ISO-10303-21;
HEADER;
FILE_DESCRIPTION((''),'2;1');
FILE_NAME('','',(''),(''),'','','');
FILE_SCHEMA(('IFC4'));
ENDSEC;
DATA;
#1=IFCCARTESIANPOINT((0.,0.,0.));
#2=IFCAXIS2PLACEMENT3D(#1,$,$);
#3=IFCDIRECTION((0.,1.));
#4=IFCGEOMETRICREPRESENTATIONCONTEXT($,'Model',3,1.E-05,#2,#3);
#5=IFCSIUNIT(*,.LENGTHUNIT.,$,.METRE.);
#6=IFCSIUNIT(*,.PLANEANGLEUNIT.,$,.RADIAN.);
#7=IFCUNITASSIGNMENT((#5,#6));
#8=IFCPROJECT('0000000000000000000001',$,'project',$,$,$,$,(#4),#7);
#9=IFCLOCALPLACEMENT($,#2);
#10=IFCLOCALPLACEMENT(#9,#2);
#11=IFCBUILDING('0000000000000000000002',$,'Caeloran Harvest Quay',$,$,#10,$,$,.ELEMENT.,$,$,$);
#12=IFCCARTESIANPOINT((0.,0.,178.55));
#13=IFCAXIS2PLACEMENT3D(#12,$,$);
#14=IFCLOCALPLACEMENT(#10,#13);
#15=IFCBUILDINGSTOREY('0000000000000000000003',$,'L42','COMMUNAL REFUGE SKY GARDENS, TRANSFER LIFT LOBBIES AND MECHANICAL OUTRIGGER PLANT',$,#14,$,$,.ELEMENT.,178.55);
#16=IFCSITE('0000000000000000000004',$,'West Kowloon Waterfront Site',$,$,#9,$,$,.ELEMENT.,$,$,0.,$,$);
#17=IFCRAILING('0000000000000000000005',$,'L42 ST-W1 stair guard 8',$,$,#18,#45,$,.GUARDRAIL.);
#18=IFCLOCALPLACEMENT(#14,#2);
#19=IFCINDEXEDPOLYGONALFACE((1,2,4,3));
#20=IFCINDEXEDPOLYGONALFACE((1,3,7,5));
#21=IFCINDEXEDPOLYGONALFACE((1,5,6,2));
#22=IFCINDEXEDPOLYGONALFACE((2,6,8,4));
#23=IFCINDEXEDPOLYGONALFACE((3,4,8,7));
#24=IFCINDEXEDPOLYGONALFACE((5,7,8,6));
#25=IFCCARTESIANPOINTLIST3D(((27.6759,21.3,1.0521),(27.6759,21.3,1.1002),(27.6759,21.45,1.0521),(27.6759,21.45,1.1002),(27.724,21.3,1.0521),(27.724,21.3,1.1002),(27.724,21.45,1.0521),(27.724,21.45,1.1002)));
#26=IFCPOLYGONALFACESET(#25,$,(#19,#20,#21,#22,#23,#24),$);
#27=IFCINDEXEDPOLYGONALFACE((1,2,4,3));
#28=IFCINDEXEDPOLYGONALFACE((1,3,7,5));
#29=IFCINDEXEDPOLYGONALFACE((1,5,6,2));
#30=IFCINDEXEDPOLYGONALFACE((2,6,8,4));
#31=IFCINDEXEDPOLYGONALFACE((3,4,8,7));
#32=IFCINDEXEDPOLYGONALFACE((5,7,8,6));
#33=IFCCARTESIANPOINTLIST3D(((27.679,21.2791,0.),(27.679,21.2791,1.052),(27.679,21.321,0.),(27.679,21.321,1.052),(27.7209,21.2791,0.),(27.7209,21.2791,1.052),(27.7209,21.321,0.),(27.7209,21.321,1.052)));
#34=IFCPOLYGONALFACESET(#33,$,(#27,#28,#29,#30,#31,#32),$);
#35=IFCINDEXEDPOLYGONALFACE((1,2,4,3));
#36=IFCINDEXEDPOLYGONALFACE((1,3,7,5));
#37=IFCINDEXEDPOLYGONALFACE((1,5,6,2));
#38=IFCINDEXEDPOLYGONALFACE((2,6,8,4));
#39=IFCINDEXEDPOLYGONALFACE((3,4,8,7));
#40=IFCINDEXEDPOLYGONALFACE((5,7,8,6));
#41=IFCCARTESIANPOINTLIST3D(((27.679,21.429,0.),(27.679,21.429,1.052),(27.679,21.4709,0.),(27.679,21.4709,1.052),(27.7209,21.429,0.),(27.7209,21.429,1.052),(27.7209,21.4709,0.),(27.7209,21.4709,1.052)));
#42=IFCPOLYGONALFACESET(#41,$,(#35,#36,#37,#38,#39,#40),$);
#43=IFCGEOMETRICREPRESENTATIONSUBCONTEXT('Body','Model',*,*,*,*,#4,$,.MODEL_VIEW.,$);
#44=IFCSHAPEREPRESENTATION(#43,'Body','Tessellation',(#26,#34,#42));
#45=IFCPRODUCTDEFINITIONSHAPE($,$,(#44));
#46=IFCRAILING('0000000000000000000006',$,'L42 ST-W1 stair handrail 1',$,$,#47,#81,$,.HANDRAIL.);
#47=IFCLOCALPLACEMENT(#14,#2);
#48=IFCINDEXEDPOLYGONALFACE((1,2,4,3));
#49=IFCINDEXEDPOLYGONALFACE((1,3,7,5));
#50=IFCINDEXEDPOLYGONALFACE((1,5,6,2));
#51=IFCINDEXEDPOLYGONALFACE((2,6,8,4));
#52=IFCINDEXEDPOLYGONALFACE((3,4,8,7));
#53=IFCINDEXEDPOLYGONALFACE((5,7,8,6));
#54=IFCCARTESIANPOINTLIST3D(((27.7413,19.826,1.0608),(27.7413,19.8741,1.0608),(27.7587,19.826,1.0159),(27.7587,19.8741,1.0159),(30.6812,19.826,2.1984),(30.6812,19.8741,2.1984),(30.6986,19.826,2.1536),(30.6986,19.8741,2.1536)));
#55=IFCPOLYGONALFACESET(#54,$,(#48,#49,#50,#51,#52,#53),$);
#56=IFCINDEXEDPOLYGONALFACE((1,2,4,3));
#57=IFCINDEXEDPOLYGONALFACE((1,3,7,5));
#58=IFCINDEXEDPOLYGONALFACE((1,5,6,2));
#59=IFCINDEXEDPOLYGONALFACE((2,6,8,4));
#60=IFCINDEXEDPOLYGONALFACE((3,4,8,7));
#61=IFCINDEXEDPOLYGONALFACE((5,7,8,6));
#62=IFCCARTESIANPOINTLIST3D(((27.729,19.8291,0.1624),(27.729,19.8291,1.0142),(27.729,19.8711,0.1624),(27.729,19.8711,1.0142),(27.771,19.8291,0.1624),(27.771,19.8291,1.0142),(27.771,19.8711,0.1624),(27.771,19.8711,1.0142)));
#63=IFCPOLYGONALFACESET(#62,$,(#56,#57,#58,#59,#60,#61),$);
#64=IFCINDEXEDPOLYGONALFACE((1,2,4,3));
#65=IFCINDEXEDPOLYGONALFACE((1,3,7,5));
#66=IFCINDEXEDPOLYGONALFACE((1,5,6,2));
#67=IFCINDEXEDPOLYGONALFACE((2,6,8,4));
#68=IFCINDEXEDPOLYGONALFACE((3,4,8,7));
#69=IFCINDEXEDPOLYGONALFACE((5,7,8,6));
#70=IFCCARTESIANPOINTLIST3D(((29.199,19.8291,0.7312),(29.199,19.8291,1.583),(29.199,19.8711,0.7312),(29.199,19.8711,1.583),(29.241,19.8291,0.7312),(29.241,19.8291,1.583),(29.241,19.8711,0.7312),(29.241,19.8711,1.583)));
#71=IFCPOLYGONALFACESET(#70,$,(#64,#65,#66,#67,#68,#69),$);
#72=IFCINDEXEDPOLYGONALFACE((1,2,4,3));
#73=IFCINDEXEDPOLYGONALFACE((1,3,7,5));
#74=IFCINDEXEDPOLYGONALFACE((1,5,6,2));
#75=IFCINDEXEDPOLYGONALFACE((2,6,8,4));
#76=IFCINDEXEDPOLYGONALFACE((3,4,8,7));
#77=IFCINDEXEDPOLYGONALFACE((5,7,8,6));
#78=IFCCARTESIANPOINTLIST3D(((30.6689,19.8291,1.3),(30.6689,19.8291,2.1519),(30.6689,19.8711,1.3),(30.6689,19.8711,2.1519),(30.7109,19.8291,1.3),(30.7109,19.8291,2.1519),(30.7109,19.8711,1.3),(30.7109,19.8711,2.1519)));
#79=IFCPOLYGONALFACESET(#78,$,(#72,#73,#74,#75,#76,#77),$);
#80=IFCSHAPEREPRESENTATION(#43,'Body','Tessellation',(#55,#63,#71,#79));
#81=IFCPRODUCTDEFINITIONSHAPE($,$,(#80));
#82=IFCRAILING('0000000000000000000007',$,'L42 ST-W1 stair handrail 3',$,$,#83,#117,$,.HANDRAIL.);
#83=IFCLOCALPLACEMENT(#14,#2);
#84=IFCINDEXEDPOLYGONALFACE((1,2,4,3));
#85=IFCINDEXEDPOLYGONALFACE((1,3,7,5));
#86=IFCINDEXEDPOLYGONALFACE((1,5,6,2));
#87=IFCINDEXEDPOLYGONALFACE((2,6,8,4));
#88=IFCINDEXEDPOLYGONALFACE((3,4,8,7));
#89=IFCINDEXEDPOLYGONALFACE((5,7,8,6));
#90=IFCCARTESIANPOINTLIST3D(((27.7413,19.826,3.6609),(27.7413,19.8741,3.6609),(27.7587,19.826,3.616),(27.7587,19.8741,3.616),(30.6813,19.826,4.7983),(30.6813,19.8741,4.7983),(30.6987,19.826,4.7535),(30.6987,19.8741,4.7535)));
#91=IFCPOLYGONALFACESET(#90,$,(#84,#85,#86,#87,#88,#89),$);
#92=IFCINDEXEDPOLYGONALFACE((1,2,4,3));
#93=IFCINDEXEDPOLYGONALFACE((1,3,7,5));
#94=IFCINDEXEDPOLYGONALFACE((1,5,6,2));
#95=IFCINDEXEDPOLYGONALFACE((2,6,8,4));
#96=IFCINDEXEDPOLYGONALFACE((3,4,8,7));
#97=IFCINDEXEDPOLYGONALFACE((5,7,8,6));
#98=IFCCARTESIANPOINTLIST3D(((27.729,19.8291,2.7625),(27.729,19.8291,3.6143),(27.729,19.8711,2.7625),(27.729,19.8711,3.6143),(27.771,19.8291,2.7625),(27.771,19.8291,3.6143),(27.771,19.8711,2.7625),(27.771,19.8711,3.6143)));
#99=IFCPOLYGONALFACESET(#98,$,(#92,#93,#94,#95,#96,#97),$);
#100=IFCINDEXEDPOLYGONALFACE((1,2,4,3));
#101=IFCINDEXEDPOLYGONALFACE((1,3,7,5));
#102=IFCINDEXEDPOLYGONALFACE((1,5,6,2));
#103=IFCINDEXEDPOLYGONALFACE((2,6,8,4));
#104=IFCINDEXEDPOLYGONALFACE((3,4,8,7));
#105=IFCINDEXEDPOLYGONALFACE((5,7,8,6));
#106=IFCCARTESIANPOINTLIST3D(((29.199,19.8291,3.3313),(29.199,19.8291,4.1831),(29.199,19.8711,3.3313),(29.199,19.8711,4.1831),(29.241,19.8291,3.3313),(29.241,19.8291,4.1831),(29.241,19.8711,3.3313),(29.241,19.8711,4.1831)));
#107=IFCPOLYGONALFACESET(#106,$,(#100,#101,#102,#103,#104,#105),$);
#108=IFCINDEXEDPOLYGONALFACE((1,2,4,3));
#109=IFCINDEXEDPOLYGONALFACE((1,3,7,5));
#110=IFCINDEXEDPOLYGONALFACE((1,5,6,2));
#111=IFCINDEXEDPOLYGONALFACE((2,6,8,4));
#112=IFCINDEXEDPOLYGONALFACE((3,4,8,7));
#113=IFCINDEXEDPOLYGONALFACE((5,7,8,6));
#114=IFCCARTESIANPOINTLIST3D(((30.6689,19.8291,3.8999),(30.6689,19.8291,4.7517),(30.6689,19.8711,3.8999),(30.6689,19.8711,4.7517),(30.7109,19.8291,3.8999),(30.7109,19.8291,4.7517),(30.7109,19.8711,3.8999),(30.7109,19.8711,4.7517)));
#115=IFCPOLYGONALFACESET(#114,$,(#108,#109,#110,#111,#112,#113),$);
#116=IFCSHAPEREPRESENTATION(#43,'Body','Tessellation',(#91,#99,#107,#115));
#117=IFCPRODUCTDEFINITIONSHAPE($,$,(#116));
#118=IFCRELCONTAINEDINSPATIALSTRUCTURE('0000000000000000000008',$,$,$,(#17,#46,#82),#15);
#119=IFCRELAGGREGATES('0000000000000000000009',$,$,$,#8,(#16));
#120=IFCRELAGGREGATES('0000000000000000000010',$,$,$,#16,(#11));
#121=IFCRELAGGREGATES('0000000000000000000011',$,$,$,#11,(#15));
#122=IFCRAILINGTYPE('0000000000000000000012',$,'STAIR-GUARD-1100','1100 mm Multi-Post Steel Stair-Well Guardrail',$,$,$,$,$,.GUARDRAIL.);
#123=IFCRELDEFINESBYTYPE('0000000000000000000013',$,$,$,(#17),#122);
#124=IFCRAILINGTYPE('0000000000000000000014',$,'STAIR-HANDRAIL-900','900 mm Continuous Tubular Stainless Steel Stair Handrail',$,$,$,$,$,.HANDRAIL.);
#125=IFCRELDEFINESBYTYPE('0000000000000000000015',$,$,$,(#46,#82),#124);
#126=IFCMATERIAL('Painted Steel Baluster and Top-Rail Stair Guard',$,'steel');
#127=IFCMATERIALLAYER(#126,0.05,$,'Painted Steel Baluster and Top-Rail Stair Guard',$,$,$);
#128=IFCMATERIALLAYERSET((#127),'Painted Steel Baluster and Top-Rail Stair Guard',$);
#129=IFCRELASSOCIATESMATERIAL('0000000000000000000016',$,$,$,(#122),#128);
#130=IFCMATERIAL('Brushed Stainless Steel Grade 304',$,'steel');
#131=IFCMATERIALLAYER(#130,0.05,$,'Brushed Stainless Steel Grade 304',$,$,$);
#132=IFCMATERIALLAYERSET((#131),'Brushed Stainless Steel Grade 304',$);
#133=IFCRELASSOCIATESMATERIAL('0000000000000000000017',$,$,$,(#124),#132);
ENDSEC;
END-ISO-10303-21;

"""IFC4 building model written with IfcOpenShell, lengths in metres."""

from ifc_helpers import new_model, si_unit, direction, frame, origin, origin_2d, place, context, subcontext, project, spatial, rectangle, extrude, material, layer, layer_set, type_object, element, save


model = new_model("IFC4")

# Units and contexts
model_context = context("Model", 3, precision=1e-05, world=origin(), true_north=direction((0.0, 1.0)))
body_context = subcontext(model_context, "Body", "Model", "MODEL_VIEW")
ifc_project = project(units=[si_unit("LENGTHUNIT", "METRE"), si_unit("PLANEANGLEUNIT", "RADIAN")], contexts=[model_context])

# Site, building, storey
site_placement = place(None, origin())
site = spatial("IfcSite", under=ifc_project, at=site_placement, Name="West Kowloon Waterfront Site", CompositionType="ELEMENT", RefElevation=0.0)
building_placement = place(site_placement, origin())
building = spatial("IfcBuilding", under=site, at=building_placement, Name="Caeloran Harvest Quay", CompositionType="ELEMENT")
storey_placement = place(building_placement, frame((0.0, 0.0, 178.55)))
storey = spatial("IfcBuildingStorey", under=building, at=storey_placement, Name="L42", Description="COMMUNAL REFUGE SKY GARDENS, TRANSFER LIFT LOBBIES AND MECHANICAL OUTRIGGER PLANT", CompositionType="ELEMENT", Elevation=178.55)

# Railings
ifc_material_1 = material(Name="Painted Steel Baluster and Top-Rail Stair Guard", Category="steel")
ifc_layer_1 = layer(ifc_material_1, 0.05, Name="Painted Steel Baluster and Top-Rail Stair Guard")
ifc_layer_set_1 = layer_set([ifc_layer_1], Name="Painted Steel Baluster and Top-Rail Stair Guard")
railing_type_1 = type_object("IfcRailingType", Name="STAIR-GUARD-1100", Description="1100 mm Multi-Post Steel Stair-Well Guardrail", PredefinedType="GUARDRAIL", material=ifc_layer_set_1)
railing_1_placement = place(storey_placement, frame((27.7, 21.3, 0.0)))
element("IfcRailing", 1, at=railing_1_placement, inside=storey, type_object=railing_type_1, Name="L42 ST-W1 stair guard 8", PredefinedType="GUARDRAIL", context=body_context, shape_type="SweptSolid", body=[
    extrude(rectangle(XDim=0.0481, YDim=0.0481, at=origin_2d()), frame((0.0, 0.0, 1.0762), z_axis=(0.0, 1.0, 0.0), x_axis=(-1.0, 0.0, 0.0)), (0.0, 0.0, 1.0), 0.1499),
    extrude(rectangle(XDim=0.042, YDim=0.042, at=origin_2d()), origin(), (0.0, 0.0, 1.0), 1.052),
    extrude(rectangle(XDim=0.042, YDim=0.042, at=origin_2d()), frame((0.0, 0.1499, 0.0)), (0.0, 0.0, 1.0), 1.052),
])
ifc_material_2 = material(Name="Brushed Stainless Steel Grade 304", Category="steel")
ifc_layer_2 = layer(ifc_material_2, 0.05, Name="Brushed Stainless Steel Grade 304")
ifc_layer_set_2 = layer_set([ifc_layer_2], Name="Brushed Stainless Steel Grade 304")
railing_type_2 = type_object("IfcRailingType", Name="STAIR-HANDRAIL-900", Description="900 mm Continuous Tubular Stainless Steel Stair Handrail", PredefinedType="HANDRAIL", material=ifc_layer_set_2)
railing_2_placement = place(storey_placement, frame((27.75, 19.8501, 0.1624)))
element("IfcRailing", 2, at=railing_2_placement, inside=storey, type_object=railing_type_2, Name="L42 ST-W1 stair handrail 1", PredefinedType="HANDRAIL", context=body_context, shape_type="SweptSolid", body=[
    extrude(rectangle(XDim=0.0481, YDim=0.0481, at=origin_2d()), frame((0.0, 0.0, 0.876), z_axis=(0.932605, 0.0, 0.360899), x_axis=(0.0, 1.0, 0.0)), (0.0, 0.0, 1.0), 3.1523),
    extrude(rectangle(XDim=0.042, YDim=0.042, at=origin_2d()), origin(), (0.0, 0.0, 1.0), 0.8518),
    extrude(rectangle(XDim=0.042, YDim=0.042, at=origin_2d()), frame((1.47, 0.0, 0.5688)), (0.0, 0.0, 1.0), 0.8518),
    extrude(rectangle(XDim=0.042, YDim=0.042, at=origin_2d()), frame((2.9399, 0.0, 1.1377)), (0.0, 0.0, 1.0), 0.8518),
])
railing_3_placement = place(storey_placement, frame((27.75, 19.8501, 2.7625)))
element("IfcRailing", 3, at=railing_3_placement, inside=storey, type_object=railing_type_2, Name="L42 ST-W1 stair handrail 3", PredefinedType="HANDRAIL", context=body_context, shape_type="SweptSolid", body=[
    extrude(rectangle(XDim=0.0481, YDim=0.0481, at=origin_2d()), frame((0.0, 0.0, 0.876), z_axis=(0.932631, 0.0, 0.360831), x_axis=(0.0, 1.0, 0.0)), (0.0, 0.0, 1.0), 3.1523),
    extrude(rectangle(XDim=0.042, YDim=0.042, at=origin_2d()), origin(), (0.0, 0.0, 1.0), 0.8518),
    extrude(rectangle(XDim=0.042, YDim=0.042, at=origin_2d()), frame((1.47, 0.0, 0.5688)), (0.0, 0.0, 1.0), 0.8518),
    extrude(rectangle(XDim=0.042, YDim=0.042, at=origin_2d()), frame((2.9399, 0.0, 1.1375)), (0.0, 0.0, 1.0), 0.8518),
])

save(model, "model.ifc")
